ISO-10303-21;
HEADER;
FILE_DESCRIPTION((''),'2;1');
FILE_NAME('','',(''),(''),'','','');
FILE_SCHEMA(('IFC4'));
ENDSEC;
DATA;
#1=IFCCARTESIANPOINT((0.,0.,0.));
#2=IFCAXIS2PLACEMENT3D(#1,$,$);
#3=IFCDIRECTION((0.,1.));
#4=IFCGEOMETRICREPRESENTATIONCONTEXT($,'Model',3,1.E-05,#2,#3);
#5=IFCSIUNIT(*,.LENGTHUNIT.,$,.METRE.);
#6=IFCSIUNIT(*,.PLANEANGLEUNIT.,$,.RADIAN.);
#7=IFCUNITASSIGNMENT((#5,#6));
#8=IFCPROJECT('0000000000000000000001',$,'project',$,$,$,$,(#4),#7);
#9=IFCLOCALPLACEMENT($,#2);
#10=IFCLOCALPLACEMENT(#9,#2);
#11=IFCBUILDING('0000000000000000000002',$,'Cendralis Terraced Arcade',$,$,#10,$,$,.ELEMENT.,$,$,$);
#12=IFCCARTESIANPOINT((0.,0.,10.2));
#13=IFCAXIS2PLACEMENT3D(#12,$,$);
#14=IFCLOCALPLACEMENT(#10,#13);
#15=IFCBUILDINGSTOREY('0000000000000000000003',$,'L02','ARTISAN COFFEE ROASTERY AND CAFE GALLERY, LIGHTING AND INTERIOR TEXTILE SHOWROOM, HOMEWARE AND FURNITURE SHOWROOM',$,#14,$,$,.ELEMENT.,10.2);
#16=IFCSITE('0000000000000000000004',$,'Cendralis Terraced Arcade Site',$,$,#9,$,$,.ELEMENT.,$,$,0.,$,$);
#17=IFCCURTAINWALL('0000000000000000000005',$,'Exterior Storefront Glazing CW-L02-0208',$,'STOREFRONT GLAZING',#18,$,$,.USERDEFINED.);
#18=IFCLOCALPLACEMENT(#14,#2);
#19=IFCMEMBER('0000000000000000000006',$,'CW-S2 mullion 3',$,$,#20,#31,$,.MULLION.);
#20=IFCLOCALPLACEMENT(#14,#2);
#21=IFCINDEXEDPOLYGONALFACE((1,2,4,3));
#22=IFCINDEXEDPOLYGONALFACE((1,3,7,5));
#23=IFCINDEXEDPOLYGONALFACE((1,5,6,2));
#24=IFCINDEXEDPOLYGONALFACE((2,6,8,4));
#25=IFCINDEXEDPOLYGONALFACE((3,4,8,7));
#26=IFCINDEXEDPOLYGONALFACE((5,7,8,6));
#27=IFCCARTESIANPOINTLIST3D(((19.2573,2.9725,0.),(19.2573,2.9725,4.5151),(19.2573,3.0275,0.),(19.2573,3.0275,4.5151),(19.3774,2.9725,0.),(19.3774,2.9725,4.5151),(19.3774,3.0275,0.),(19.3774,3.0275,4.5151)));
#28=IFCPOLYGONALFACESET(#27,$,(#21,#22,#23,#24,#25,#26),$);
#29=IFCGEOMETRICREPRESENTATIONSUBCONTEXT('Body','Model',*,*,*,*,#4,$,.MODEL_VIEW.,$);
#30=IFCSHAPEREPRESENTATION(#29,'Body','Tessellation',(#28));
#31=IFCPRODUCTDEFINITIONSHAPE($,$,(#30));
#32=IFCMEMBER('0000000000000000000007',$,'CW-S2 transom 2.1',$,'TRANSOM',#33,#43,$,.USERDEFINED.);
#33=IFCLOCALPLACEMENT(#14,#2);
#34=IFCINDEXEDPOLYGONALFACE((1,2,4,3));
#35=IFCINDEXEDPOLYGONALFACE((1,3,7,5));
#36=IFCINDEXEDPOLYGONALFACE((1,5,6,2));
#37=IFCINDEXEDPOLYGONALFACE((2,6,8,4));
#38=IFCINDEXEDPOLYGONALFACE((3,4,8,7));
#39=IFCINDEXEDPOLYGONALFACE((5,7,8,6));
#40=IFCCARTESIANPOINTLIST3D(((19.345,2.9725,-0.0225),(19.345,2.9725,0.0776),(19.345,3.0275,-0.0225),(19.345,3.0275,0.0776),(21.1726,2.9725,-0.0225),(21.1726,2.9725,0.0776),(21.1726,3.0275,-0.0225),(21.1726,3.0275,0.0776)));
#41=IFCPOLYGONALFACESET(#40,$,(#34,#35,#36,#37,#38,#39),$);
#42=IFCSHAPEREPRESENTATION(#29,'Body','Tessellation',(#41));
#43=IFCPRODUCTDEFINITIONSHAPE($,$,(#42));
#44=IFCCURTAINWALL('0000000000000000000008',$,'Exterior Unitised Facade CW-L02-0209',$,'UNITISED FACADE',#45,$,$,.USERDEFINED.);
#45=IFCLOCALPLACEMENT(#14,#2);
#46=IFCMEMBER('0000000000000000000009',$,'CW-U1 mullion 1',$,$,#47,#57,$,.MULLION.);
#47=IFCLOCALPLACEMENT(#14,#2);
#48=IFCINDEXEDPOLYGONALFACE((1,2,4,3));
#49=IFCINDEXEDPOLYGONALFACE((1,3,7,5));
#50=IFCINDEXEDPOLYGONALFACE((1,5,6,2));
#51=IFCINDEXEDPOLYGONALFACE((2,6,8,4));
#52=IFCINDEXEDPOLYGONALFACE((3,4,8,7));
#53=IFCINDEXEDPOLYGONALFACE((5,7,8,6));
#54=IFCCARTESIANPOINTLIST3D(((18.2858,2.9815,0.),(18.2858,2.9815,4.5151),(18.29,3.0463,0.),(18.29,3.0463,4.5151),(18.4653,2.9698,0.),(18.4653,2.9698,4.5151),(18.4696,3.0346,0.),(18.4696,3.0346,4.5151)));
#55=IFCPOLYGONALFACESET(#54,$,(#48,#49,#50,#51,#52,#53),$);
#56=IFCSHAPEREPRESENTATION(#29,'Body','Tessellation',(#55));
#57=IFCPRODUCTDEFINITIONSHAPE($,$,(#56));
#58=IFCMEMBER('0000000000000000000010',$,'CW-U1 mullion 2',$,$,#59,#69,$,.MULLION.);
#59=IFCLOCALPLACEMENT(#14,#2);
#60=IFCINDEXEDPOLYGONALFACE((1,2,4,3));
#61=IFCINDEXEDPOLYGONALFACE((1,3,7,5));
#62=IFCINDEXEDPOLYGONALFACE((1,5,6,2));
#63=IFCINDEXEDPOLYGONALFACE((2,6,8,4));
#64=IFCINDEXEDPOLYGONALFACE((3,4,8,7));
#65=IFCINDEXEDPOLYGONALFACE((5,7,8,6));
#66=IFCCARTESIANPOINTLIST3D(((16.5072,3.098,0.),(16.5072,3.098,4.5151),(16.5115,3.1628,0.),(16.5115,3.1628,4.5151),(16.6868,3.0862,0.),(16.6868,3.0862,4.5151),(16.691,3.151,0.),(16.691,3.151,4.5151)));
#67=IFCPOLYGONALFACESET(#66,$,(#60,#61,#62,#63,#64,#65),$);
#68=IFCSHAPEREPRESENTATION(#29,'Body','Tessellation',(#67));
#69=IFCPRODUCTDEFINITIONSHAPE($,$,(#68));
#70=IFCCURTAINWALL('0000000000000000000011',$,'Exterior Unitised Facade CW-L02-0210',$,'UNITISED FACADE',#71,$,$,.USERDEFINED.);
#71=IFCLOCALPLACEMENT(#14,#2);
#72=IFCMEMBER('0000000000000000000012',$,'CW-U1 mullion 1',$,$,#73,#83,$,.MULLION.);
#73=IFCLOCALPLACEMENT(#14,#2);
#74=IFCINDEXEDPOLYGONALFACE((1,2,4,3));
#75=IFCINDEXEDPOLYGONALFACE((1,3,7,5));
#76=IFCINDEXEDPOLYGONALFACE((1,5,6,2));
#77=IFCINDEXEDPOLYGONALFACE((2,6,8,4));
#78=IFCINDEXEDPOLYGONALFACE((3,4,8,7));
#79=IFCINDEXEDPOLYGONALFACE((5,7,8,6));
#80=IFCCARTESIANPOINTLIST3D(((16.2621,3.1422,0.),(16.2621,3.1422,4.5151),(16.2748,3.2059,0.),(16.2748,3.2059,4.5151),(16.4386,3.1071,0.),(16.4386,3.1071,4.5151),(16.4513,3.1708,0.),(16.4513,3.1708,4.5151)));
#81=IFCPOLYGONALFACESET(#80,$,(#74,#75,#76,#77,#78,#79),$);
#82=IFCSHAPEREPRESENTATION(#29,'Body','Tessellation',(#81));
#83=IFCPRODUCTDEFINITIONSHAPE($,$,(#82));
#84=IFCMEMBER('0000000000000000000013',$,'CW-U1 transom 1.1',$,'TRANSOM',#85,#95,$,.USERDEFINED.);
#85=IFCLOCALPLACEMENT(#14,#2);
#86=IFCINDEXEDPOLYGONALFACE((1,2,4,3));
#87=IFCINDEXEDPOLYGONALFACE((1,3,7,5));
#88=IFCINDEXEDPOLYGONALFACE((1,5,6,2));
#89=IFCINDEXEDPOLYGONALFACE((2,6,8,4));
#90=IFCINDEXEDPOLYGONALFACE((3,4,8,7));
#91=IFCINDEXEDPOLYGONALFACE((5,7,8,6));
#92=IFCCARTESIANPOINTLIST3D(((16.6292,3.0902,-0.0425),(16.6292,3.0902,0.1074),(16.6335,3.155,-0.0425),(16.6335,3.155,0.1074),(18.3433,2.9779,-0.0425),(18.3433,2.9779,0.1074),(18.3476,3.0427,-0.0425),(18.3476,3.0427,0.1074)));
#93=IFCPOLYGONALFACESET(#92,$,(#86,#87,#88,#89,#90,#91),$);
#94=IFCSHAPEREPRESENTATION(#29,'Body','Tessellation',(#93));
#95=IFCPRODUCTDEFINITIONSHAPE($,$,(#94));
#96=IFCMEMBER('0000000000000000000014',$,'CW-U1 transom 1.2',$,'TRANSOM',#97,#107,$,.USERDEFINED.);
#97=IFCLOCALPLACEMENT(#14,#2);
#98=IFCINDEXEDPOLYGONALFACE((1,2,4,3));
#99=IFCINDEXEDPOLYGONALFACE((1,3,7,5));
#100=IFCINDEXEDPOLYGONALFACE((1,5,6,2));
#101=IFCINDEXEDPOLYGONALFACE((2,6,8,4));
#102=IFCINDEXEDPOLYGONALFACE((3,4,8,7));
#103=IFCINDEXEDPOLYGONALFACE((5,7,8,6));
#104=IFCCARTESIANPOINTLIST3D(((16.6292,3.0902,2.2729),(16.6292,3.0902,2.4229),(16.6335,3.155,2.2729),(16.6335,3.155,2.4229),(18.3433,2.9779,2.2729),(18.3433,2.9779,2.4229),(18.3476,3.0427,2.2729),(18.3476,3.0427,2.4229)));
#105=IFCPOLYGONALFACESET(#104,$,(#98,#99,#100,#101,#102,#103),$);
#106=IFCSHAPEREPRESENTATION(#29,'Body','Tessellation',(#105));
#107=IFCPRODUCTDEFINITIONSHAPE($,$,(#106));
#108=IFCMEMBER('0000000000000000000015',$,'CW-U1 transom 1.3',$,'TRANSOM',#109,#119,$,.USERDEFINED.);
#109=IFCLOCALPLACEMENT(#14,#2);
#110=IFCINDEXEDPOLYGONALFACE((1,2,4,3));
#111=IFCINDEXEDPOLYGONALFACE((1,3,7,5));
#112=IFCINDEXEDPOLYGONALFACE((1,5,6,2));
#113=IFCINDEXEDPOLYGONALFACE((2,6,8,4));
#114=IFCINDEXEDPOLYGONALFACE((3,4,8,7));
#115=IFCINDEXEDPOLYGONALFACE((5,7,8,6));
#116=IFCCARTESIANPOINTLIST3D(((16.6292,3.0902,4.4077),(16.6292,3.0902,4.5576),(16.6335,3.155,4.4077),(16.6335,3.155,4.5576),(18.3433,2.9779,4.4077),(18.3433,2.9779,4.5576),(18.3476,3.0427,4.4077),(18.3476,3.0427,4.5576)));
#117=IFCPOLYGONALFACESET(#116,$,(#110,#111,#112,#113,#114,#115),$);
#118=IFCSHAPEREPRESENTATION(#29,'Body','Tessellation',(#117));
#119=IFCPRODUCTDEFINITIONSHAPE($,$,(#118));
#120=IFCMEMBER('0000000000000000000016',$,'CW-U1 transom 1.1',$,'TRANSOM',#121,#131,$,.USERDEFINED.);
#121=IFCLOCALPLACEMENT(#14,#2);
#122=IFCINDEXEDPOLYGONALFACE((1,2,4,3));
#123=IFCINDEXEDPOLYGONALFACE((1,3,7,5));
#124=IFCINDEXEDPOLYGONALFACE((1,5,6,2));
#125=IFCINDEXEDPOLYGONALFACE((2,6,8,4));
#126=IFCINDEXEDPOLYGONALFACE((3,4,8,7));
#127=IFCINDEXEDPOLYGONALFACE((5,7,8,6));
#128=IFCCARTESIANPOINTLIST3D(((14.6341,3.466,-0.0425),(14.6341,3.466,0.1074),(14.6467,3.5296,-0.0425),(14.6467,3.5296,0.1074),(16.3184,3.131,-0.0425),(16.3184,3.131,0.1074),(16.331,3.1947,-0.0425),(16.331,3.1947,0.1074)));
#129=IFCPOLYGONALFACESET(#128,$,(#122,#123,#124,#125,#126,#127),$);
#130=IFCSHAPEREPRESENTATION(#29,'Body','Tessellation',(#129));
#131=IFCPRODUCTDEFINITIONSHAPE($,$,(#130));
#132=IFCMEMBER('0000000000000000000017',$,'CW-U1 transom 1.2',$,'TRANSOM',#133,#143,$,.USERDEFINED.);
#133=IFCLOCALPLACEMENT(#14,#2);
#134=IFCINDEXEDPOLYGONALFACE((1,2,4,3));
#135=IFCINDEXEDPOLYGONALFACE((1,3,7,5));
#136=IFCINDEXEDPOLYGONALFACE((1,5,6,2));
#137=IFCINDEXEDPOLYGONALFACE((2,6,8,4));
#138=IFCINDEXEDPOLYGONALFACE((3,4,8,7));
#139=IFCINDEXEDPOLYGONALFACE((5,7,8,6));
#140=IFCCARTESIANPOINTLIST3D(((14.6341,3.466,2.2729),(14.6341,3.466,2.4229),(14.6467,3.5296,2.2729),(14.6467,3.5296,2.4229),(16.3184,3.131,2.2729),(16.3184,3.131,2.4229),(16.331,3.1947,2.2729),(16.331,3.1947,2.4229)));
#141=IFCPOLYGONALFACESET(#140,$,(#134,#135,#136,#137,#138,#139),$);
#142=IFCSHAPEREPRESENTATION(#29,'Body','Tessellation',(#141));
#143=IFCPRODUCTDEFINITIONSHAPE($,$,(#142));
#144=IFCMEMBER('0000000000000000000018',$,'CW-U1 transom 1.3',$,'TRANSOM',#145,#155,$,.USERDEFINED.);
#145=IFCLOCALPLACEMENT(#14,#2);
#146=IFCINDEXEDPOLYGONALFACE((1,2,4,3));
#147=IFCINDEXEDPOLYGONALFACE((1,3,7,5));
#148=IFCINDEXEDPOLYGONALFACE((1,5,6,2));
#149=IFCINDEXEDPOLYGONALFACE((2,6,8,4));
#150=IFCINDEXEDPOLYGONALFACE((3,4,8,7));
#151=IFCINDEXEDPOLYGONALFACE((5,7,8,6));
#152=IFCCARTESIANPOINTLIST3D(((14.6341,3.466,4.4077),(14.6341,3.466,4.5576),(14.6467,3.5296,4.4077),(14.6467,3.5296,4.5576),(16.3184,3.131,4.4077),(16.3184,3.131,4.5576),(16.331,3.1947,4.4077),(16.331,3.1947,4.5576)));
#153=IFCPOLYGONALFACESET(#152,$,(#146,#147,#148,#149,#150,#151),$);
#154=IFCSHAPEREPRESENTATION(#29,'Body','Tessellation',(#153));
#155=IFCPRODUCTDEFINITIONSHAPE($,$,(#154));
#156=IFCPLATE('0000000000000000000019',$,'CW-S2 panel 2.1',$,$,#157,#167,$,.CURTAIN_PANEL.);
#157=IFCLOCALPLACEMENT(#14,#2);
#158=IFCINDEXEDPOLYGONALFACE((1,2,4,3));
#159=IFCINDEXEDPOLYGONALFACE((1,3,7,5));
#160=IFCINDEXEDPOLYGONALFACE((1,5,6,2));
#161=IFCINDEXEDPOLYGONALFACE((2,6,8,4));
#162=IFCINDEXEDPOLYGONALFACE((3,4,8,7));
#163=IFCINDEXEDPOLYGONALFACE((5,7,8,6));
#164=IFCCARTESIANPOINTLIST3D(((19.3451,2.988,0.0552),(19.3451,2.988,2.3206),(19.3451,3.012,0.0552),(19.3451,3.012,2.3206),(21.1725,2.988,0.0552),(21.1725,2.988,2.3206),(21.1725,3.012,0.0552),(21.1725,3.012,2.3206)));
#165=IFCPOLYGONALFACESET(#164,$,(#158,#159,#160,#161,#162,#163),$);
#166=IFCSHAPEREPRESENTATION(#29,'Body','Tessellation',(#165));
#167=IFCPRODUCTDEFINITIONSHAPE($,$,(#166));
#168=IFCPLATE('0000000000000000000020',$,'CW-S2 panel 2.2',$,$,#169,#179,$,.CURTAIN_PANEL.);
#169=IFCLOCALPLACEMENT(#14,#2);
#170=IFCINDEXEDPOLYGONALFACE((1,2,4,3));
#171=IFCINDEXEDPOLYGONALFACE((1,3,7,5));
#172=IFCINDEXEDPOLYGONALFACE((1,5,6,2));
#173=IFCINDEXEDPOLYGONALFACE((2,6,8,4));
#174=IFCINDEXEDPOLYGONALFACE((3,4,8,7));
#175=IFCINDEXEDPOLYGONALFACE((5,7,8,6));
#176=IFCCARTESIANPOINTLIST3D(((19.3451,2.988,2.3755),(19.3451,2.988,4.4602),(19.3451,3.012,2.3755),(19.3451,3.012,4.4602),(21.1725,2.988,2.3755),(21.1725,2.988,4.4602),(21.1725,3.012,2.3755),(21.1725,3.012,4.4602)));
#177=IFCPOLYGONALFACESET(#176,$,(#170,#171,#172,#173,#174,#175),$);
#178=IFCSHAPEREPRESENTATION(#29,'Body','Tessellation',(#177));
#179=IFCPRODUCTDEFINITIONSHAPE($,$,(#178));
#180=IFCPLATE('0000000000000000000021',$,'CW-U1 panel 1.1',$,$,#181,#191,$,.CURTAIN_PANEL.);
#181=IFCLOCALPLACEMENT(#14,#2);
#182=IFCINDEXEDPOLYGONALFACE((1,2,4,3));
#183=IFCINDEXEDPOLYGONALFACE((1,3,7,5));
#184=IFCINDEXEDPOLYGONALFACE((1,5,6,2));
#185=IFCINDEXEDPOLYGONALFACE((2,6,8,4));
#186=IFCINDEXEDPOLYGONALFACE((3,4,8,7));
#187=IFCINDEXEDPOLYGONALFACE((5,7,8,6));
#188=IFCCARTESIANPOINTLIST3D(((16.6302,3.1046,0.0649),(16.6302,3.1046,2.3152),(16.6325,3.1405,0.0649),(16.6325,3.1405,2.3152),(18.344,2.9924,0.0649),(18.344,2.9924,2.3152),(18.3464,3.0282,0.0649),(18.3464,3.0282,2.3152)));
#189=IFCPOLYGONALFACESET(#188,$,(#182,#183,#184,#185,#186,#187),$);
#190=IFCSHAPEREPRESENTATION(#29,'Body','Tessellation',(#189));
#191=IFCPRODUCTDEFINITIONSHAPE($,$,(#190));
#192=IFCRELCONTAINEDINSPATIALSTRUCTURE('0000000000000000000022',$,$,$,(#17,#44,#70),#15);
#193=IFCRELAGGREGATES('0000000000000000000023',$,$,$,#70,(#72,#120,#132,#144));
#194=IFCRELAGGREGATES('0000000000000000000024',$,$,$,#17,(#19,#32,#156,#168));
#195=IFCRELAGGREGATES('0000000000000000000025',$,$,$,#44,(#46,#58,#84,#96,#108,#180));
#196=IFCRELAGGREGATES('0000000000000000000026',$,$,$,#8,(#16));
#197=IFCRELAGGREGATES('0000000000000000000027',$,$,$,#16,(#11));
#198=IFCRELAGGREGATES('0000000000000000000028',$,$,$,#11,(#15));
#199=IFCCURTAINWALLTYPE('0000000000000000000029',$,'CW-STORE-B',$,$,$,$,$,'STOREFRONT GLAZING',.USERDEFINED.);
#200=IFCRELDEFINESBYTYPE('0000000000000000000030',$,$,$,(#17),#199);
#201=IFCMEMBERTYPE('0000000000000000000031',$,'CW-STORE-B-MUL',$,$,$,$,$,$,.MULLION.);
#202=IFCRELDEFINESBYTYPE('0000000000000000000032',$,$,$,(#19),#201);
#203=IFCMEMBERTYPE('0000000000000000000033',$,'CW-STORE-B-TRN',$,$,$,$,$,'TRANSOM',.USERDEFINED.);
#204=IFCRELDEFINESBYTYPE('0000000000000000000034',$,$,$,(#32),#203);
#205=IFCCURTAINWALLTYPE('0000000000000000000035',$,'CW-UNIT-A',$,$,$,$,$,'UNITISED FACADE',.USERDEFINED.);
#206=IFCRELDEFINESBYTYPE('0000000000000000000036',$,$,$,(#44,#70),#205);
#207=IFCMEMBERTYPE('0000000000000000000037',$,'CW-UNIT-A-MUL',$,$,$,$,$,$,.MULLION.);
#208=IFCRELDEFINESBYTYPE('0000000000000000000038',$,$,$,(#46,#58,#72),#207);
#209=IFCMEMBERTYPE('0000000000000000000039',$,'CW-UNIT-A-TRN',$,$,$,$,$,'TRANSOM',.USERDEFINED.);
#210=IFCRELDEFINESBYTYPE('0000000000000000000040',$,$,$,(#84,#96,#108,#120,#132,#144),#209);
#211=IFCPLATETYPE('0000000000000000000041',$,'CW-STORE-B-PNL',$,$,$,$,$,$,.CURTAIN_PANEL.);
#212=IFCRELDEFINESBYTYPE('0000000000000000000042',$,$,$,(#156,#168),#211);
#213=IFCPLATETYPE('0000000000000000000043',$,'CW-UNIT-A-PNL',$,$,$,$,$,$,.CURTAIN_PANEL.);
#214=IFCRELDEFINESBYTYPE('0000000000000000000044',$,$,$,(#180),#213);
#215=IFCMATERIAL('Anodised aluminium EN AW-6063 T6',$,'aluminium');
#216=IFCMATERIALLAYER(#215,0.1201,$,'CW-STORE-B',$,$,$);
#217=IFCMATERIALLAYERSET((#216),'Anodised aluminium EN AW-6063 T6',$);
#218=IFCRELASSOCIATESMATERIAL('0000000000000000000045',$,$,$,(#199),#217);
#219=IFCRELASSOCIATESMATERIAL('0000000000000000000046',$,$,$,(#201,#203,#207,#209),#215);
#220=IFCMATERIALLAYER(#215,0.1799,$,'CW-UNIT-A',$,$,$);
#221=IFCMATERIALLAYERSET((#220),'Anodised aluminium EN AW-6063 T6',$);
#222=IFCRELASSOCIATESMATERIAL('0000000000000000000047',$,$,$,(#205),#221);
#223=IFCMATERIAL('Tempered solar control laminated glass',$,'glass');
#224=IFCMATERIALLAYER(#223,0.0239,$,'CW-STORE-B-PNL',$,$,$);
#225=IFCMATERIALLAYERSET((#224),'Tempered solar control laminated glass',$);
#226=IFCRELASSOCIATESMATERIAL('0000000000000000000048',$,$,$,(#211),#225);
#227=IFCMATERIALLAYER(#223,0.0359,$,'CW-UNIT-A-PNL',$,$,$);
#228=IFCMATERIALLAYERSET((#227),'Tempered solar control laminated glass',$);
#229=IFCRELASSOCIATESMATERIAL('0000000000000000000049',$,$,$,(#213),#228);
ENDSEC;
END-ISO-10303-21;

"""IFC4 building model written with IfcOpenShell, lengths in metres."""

from ifc_helpers import new_model, si_unit, direction, frame, origin, origin_2d, place, context, subcontext, project, spatial, rectangle, extrude, material, layer, layer_set, material_profile, profile_set, type_object, element, aggregate, save


model = new_model("IFC4")

# Units and contexts
model_context = context("Model", 3, precision=1e-05, world=origin(), true_north=direction((0.0, 1.0)))
body_context = subcontext(model_context, "Body", "Model", "MODEL_VIEW")
ifc_project = project(units=[si_unit("LENGTHUNIT", "METRE"), si_unit("PLANEANGLEUNIT", "RADIAN")], contexts=[model_context])

# Site, building, storey
site_placement = place(None, origin())
site = spatial("IfcSite", under=ifc_project, at=site_placement, Name="Cendralis Terraced Arcade Site", CompositionType="ELEMENT", RefElevation=0.0)
building_placement = place(site_placement, origin())
building = spatial("IfcBuilding", under=site, at=building_placement, Name="Cendralis Terraced Arcade", CompositionType="ELEMENT")
storey_placement = place(building_placement, frame((0.0, 0.0, 10.2)))
storey = spatial("IfcBuildingStorey", under=building, at=storey_placement, Name="L02", Description="ARTISAN COFFEE ROASTERY AND CAFE GALLERY, LIGHTING AND INTERIOR TEXTILE SHOWROOM, HOMEWARE AND FURNITURE SHOWROOM", CompositionType="ELEMENT", Elevation=10.2)

# Curtain walls, members
ifc_material_1 = material(Name="Anodised aluminium EN AW-6063 T6", Category="aluminium")
ifc_layer_1 = layer(ifc_material_1, 0.1201, Name="CW-STORE-B")
ifc_layer_set_1 = layer_set([ifc_layer_1], Name="Anodised aluminium EN AW-6063 T6")
curtain_wall_type_1 = type_object("IfcCurtainWallType", Name="CW-STORE-B", ElementType="STOREFRONT GLAZING", PredefinedType="USERDEFINED", material=ifc_layer_set_1)
curtain_wall_1_placement = place(storey_placement, origin())
curtain_wall_1 = element("IfcCurtainWall", 1, at=curtain_wall_1_placement, inside=storey, type_object=curtain_wall_type_1, Name="Exterior Storefront Glazing CW-L02-0208", ObjectType="STOREFRONT GLAZING", PredefinedType="USERDEFINED")
ifc_material_profile_1 = material_profile(ifc_material_1, rectangle(XDim=0.0549, YDim=0.1201, at=origin_2d()), Name="ALU-MUL-55x120")
ifc_profile_set_1 = profile_set([ifc_material_profile_1], Name="Anodised aluminium EN AW-6063 T6")
member_type_1 = type_object("IfcMemberType", Name="CW-STORE-B-MUL", PredefinedType="MULLION", material=ifc_profile_set_1)
member_1_placement = place(storey_placement, frame((19.3174, 3.0, 0.0), z_axis=(0.0, 0.0, 1.0), x_axis=(0.0, -1.0, 0.0)))
member_1 = element("IfcMember", 2, at=member_1_placement, type_object=member_type_1, Name="CW-S2 mullion 3", PredefinedType="MULLION", context=body_context, shape_type="SweptSolid", body=[
    extrude(rectangle(XDim=0.0549, YDim=0.1201, at=origin_2d()), origin(), (0.0, 0.0, 1.0), 4.5151),
])
ifc_material_profile_2 = material_profile(ifc_material_1, rectangle(XDim=0.0549, YDim=0.1001, at=origin_2d()), Name="ALU-TRN-55x100")
ifc_profile_set_2 = profile_set([ifc_material_profile_2], Name="Anodised aluminium EN AW-6063 T6")
member_type_2 = type_object("IfcMemberType", Name="CW-STORE-B-TRN", ElementType="TRANSOM", PredefinedType="USERDEFINED", material=ifc_profile_set_2)
member_2_placement = place(storey_placement, frame((21.1726, 3.0, 0.0276), z_axis=(-1.0, 0.0, 0.0), x_axis=(0.0, -1.0, 0.0)))
member_2 = element("IfcMember", 3, at=member_2_placement, type_object=member_type_2, Name="CW-S2 transom 2.1", ObjectType="TRANSOM", PredefinedType="USERDEFINED", context=body_context, shape_type="SweptSolid", body=[
    extrude(rectangle(XDim=0.0549, YDim=0.1001, at=origin_2d()), origin(), (0.0, 0.0, 1.0), 1.8276),
])
ifc_layer_2 = layer(ifc_material_1, 0.1799, Name="CW-UNIT-A")
ifc_layer_set_2 = layer_set([ifc_layer_2], Name="Anodised aluminium EN AW-6063 T6")
curtain_wall_type_2 = type_object("IfcCurtainWallType", Name="CW-UNIT-A", ElementType="UNITISED FACADE", PredefinedType="USERDEFINED", material=ifc_layer_set_2)
curtain_wall_2_placement = place(storey_placement, origin())
curtain_wall_2 = element("IfcCurtainWall", 4, at=curtain_wall_2_placement, inside=storey, type_object=curtain_wall_type_2, Name="Exterior Unitised Facade CW-L02-0209", ObjectType="UNITISED FACADE", PredefinedType="USERDEFINED")
ifc_material_profile_3 = material_profile(ifc_material_1, rectangle(XDim=0.0649, YDim=0.1799, at=origin_2d()), Name="ALU-MUL-65x180")
ifc_profile_set_3 = profile_set([ifc_material_profile_3], Name="Anodised aluminium EN AW-6063 T6")
member_type_3 = type_object("IfcMemberType", Name="CW-UNIT-A-MUL", PredefinedType="MULLION", material=ifc_profile_set_3)
member_3_placement = place(storey_placement, frame((18.3777, 3.0081, 0.0), z_axis=(0.0, 0.0, 1.0), x_axis=(-0.065384, -0.99786, 0.0)))
member_3 = element("IfcMember", 5, at=member_3_placement, type_object=member_type_3, Name="CW-U1 mullion 1", PredefinedType="MULLION", context=body_context, shape_type="SweptSolid", body=[
    extrude(rectangle(XDim=0.0649, YDim=0.1799, at=origin_2d()), origin(), (0.0, 0.0, 1.0), 4.5151),
])
member_4_placement = place(storey_placement, frame((16.5991, 3.1245, 0.0), z_axis=(0.0, 0.0, 1.0), x_axis=(-0.065384, -0.99786, 0.0)))
member_4 = element("IfcMember", 6, at=member_4_placement, type_object=member_type_3, Name="CW-U1 mullion 2", PredefinedType="MULLION", context=body_context, shape_type="SweptSolid", body=[
    extrude(rectangle(XDim=0.0649, YDim=0.1799, at=origin_2d()), origin(), (0.0, 0.0, 1.0), 4.5151),
])

# Curtain wall, member
curtain_wall_3_placement = place(storey_placement, origin())
curtain_wall_3 = element("IfcCurtainWall", 7, at=curtain_wall_3_placement, inside=storey, type_object=curtain_wall_type_2, Name="Exterior Unitised Facade CW-L02-0210", ObjectType="UNITISED FACADE", PredefinedType="USERDEFINED")
member_5_placement = place(storey_placement, frame((16.3567, 3.1565, 0.0), z_axis=(0.0, 0.0, 1.0), x_axis=(-0.195033, -0.980797, 0.0)))
member_5 = element("IfcMember", 8, at=member_5_placement, type_object=member_type_3, Name="CW-U1 mullion 1", PredefinedType="MULLION", context=body_context, shape_type="SweptSolid", body=[
    extrude(rectangle(XDim=0.0649, YDim=0.1799, at=origin_2d()), origin(), (0.0, 0.0, 1.0), 4.5151),
])

# Members
ifc_material_profile_4 = material_profile(ifc_material_1, rectangle(XDim=0.0649, YDim=0.1499, at=origin_2d()), Name="ALU-TRN-65x150")
ifc_profile_set_4 = profile_set([ifc_material_profile_4], Name="Anodised aluminium EN AW-6063 T6")
member_type_4 = type_object("IfcMemberType", Name="CW-UNIT-A-TRN", ElementType="TRANSOM", PredefinedType="USERDEFINED", material=ifc_profile_set_4)
member_6_placement = place(storey_placement, frame((18.3455, 3.0103, 0.0325), z_axis=(-0.997861, 0.065378, 0.0), x_axis=(-0.065378, -0.997861, 0.0)))
member_6 = element("IfcMember", 9, at=member_6_placement, type_object=member_type_4, Name="CW-U1 transom 1.1", ObjectType="TRANSOM", PredefinedType="USERDEFINED", context=body_context, shape_type="SweptSolid", body=[
    extrude(rectangle(XDim=0.0649, YDim=0.1499, at=origin_2d()), origin(), (0.0, 0.0, 1.0), 1.7178),
])
member_7_placement = place(storey_placement, frame((18.3455, 3.0103, 2.3479), z_axis=(-0.997861, 0.065378, 0.0), x_axis=(-0.065378, -0.997861, 0.0)))
member_7 = element("IfcMember", 10, at=member_7_placement, type_object=member_type_4, Name="CW-U1 transom 1.2", ObjectType="TRANSOM", PredefinedType="USERDEFINED", context=body_context, shape_type="SweptSolid", body=[
    extrude(rectangle(XDim=0.0649, YDim=0.1499, at=origin_2d()), origin(), (0.0, 0.0, 1.0), 1.7178),
])
member_8_placement = place(storey_placement, frame((18.3455, 3.0103, 4.4827), z_axis=(-0.997861, 0.065378, 0.0), x_axis=(-0.065378, -0.997861, 0.0)))
member_8 = element("IfcMember", 11, at=member_8_placement, type_object=member_type_4, Name="CW-U1 transom 1.3", ObjectType="TRANSOM", PredefinedType="USERDEFINED", context=body_context, shape_type="SweptSolid", body=[
    extrude(rectangle(XDim=0.0649, YDim=0.1499, at=origin_2d()), origin(), (0.0, 0.0, 1.0), 1.7178),
])
member_9_placement = place(storey_placement, frame((16.3247, 3.1628, 0.0325), z_axis=(-0.980793, 0.19505, 0.0), x_axis=(-0.19505, -0.980793, 0.0)))
member_9 = element("IfcMember", 12, at=member_9_placement, type_object=member_type_4, Name="CW-U1 transom 1.1", ObjectType="TRANSOM", PredefinedType="USERDEFINED", context=body_context, shape_type="SweptSolid", body=[
    extrude(rectangle(XDim=0.0649, YDim=0.1499, at=origin_2d()), origin(), (0.0, 0.0, 1.0), 1.7173),
])
member_10_placement = place(storey_placement, frame((16.3247, 3.1628, 2.3479), z_axis=(-0.980793, 0.19505, 0.0), x_axis=(-0.19505, -0.980793, 0.0)))
member_10 = element("IfcMember", 13, at=member_10_placement, type_object=member_type_4, Name="CW-U1 transom 1.2", ObjectType="TRANSOM", PredefinedType="USERDEFINED", context=body_context, shape_type="SweptSolid", body=[
    extrude(rectangle(XDim=0.0649, YDim=0.1499, at=origin_2d()), origin(), (0.0, 0.0, 1.0), 1.7173),
])
member_11_placement = place(storey_placement, frame((16.3247, 3.1628, 4.4827), z_axis=(-0.980793, 0.19505, 0.0), x_axis=(-0.19505, -0.980793, 0.0)))
member_11 = element("IfcMember", 14, at=member_11_placement, type_object=member_type_4, Name="CW-U1 transom 1.3", ObjectType="TRANSOM", PredefinedType="USERDEFINED", context=body_context, shape_type="SweptSolid", body=[
    extrude(rectangle(XDim=0.0649, YDim=0.1499, at=origin_2d()), origin(), (0.0, 0.0, 1.0), 1.7173),
])
aggregate(curtain_wall_3, [member_5, member_9, member_10, member_11])

# Plates
ifc_material_2 = material(Name="Tempered solar control laminated glass", Category="glass")
ifc_layer_3 = layer(ifc_material_2, 0.0239, Name="CW-STORE-B-PNL")
ifc_layer_set_3 = layer_set([ifc_layer_3], Name="Tempered solar control laminated glass")
plate_type_1 = type_object("IfcPlateType", Name="CW-STORE-B-PNL", PredefinedType="CURTAIN_PANEL", material=ifc_layer_set_3)
plate_1_placement = place(storey_placement, frame((20.2588, 3.0, 0.0552), z_axis=(0.0, 0.0, 1.0), x_axis=(-1.0, 0.0, 0.0)))
plate_1 = element("IfcPlate", 15, at=plate_1_placement, type_object=plate_type_1, Name="CW-S2 panel 2.1", PredefinedType="CURTAIN_PANEL", context=body_context, shape_type="SweptSolid", body=[
    extrude(rectangle(XDim=1.8274, YDim=0.0239, at=origin_2d()), origin(), (0.0, 0.0, 1.0), 2.2654),
])
plate_2_placement = place(storey_placement, frame((20.2588, 3.0, 2.3755), z_axis=(0.0, 0.0, 1.0), x_axis=(-1.0, 0.0, 0.0)))
plate_2 = element("IfcPlate", 16, at=plate_2_placement, type_object=plate_type_1, Name="CW-S2 panel 2.2", PredefinedType="CURTAIN_PANEL", context=body_context, shape_type="SweptSolid", body=[
    extrude(rectangle(XDim=1.8274, YDim=0.0239, at=origin_2d()), origin(), (0.0, 0.0, 1.0), 2.0847),
])
aggregate(curtain_wall_1, [member_1, member_2, plate_1, plate_2])
ifc_layer_4 = layer(ifc_material_2, 0.0359, Name="CW-UNIT-A-PNL")
ifc_layer_set_4 = layer_set([ifc_layer_4], Name="Tempered solar control laminated glass")
plate_type_2 = type_object("IfcPlateType", Name="CW-UNIT-A-PNL", PredefinedType="CURTAIN_PANEL", material=ifc_layer_set_4)
plate_3_placement = place(storey_placement, frame((17.4883, 3.0664, 0.0649), z_axis=(0.0, 0.0, 1.0), x_axis=(-0.99786, 0.065384, 0.0)))
plate_3 = element("IfcPlate", 17, at=plate_3_placement, type_object=plate_type_2, Name="CW-U1 panel 1.1", PredefinedType="CURTAIN_PANEL", context=body_context, shape_type="SweptSolid", body=[
    extrude(rectangle(XDim=1.7175, YDim=0.0359, at=origin_2d()), origin(), (0.0, 0.0, 1.0), 2.2502),
])
aggregate(curtain_wall_2, [member_3, member_4, member_6, member_7, member_8, plate_3])

save(model, "model.ifc")
